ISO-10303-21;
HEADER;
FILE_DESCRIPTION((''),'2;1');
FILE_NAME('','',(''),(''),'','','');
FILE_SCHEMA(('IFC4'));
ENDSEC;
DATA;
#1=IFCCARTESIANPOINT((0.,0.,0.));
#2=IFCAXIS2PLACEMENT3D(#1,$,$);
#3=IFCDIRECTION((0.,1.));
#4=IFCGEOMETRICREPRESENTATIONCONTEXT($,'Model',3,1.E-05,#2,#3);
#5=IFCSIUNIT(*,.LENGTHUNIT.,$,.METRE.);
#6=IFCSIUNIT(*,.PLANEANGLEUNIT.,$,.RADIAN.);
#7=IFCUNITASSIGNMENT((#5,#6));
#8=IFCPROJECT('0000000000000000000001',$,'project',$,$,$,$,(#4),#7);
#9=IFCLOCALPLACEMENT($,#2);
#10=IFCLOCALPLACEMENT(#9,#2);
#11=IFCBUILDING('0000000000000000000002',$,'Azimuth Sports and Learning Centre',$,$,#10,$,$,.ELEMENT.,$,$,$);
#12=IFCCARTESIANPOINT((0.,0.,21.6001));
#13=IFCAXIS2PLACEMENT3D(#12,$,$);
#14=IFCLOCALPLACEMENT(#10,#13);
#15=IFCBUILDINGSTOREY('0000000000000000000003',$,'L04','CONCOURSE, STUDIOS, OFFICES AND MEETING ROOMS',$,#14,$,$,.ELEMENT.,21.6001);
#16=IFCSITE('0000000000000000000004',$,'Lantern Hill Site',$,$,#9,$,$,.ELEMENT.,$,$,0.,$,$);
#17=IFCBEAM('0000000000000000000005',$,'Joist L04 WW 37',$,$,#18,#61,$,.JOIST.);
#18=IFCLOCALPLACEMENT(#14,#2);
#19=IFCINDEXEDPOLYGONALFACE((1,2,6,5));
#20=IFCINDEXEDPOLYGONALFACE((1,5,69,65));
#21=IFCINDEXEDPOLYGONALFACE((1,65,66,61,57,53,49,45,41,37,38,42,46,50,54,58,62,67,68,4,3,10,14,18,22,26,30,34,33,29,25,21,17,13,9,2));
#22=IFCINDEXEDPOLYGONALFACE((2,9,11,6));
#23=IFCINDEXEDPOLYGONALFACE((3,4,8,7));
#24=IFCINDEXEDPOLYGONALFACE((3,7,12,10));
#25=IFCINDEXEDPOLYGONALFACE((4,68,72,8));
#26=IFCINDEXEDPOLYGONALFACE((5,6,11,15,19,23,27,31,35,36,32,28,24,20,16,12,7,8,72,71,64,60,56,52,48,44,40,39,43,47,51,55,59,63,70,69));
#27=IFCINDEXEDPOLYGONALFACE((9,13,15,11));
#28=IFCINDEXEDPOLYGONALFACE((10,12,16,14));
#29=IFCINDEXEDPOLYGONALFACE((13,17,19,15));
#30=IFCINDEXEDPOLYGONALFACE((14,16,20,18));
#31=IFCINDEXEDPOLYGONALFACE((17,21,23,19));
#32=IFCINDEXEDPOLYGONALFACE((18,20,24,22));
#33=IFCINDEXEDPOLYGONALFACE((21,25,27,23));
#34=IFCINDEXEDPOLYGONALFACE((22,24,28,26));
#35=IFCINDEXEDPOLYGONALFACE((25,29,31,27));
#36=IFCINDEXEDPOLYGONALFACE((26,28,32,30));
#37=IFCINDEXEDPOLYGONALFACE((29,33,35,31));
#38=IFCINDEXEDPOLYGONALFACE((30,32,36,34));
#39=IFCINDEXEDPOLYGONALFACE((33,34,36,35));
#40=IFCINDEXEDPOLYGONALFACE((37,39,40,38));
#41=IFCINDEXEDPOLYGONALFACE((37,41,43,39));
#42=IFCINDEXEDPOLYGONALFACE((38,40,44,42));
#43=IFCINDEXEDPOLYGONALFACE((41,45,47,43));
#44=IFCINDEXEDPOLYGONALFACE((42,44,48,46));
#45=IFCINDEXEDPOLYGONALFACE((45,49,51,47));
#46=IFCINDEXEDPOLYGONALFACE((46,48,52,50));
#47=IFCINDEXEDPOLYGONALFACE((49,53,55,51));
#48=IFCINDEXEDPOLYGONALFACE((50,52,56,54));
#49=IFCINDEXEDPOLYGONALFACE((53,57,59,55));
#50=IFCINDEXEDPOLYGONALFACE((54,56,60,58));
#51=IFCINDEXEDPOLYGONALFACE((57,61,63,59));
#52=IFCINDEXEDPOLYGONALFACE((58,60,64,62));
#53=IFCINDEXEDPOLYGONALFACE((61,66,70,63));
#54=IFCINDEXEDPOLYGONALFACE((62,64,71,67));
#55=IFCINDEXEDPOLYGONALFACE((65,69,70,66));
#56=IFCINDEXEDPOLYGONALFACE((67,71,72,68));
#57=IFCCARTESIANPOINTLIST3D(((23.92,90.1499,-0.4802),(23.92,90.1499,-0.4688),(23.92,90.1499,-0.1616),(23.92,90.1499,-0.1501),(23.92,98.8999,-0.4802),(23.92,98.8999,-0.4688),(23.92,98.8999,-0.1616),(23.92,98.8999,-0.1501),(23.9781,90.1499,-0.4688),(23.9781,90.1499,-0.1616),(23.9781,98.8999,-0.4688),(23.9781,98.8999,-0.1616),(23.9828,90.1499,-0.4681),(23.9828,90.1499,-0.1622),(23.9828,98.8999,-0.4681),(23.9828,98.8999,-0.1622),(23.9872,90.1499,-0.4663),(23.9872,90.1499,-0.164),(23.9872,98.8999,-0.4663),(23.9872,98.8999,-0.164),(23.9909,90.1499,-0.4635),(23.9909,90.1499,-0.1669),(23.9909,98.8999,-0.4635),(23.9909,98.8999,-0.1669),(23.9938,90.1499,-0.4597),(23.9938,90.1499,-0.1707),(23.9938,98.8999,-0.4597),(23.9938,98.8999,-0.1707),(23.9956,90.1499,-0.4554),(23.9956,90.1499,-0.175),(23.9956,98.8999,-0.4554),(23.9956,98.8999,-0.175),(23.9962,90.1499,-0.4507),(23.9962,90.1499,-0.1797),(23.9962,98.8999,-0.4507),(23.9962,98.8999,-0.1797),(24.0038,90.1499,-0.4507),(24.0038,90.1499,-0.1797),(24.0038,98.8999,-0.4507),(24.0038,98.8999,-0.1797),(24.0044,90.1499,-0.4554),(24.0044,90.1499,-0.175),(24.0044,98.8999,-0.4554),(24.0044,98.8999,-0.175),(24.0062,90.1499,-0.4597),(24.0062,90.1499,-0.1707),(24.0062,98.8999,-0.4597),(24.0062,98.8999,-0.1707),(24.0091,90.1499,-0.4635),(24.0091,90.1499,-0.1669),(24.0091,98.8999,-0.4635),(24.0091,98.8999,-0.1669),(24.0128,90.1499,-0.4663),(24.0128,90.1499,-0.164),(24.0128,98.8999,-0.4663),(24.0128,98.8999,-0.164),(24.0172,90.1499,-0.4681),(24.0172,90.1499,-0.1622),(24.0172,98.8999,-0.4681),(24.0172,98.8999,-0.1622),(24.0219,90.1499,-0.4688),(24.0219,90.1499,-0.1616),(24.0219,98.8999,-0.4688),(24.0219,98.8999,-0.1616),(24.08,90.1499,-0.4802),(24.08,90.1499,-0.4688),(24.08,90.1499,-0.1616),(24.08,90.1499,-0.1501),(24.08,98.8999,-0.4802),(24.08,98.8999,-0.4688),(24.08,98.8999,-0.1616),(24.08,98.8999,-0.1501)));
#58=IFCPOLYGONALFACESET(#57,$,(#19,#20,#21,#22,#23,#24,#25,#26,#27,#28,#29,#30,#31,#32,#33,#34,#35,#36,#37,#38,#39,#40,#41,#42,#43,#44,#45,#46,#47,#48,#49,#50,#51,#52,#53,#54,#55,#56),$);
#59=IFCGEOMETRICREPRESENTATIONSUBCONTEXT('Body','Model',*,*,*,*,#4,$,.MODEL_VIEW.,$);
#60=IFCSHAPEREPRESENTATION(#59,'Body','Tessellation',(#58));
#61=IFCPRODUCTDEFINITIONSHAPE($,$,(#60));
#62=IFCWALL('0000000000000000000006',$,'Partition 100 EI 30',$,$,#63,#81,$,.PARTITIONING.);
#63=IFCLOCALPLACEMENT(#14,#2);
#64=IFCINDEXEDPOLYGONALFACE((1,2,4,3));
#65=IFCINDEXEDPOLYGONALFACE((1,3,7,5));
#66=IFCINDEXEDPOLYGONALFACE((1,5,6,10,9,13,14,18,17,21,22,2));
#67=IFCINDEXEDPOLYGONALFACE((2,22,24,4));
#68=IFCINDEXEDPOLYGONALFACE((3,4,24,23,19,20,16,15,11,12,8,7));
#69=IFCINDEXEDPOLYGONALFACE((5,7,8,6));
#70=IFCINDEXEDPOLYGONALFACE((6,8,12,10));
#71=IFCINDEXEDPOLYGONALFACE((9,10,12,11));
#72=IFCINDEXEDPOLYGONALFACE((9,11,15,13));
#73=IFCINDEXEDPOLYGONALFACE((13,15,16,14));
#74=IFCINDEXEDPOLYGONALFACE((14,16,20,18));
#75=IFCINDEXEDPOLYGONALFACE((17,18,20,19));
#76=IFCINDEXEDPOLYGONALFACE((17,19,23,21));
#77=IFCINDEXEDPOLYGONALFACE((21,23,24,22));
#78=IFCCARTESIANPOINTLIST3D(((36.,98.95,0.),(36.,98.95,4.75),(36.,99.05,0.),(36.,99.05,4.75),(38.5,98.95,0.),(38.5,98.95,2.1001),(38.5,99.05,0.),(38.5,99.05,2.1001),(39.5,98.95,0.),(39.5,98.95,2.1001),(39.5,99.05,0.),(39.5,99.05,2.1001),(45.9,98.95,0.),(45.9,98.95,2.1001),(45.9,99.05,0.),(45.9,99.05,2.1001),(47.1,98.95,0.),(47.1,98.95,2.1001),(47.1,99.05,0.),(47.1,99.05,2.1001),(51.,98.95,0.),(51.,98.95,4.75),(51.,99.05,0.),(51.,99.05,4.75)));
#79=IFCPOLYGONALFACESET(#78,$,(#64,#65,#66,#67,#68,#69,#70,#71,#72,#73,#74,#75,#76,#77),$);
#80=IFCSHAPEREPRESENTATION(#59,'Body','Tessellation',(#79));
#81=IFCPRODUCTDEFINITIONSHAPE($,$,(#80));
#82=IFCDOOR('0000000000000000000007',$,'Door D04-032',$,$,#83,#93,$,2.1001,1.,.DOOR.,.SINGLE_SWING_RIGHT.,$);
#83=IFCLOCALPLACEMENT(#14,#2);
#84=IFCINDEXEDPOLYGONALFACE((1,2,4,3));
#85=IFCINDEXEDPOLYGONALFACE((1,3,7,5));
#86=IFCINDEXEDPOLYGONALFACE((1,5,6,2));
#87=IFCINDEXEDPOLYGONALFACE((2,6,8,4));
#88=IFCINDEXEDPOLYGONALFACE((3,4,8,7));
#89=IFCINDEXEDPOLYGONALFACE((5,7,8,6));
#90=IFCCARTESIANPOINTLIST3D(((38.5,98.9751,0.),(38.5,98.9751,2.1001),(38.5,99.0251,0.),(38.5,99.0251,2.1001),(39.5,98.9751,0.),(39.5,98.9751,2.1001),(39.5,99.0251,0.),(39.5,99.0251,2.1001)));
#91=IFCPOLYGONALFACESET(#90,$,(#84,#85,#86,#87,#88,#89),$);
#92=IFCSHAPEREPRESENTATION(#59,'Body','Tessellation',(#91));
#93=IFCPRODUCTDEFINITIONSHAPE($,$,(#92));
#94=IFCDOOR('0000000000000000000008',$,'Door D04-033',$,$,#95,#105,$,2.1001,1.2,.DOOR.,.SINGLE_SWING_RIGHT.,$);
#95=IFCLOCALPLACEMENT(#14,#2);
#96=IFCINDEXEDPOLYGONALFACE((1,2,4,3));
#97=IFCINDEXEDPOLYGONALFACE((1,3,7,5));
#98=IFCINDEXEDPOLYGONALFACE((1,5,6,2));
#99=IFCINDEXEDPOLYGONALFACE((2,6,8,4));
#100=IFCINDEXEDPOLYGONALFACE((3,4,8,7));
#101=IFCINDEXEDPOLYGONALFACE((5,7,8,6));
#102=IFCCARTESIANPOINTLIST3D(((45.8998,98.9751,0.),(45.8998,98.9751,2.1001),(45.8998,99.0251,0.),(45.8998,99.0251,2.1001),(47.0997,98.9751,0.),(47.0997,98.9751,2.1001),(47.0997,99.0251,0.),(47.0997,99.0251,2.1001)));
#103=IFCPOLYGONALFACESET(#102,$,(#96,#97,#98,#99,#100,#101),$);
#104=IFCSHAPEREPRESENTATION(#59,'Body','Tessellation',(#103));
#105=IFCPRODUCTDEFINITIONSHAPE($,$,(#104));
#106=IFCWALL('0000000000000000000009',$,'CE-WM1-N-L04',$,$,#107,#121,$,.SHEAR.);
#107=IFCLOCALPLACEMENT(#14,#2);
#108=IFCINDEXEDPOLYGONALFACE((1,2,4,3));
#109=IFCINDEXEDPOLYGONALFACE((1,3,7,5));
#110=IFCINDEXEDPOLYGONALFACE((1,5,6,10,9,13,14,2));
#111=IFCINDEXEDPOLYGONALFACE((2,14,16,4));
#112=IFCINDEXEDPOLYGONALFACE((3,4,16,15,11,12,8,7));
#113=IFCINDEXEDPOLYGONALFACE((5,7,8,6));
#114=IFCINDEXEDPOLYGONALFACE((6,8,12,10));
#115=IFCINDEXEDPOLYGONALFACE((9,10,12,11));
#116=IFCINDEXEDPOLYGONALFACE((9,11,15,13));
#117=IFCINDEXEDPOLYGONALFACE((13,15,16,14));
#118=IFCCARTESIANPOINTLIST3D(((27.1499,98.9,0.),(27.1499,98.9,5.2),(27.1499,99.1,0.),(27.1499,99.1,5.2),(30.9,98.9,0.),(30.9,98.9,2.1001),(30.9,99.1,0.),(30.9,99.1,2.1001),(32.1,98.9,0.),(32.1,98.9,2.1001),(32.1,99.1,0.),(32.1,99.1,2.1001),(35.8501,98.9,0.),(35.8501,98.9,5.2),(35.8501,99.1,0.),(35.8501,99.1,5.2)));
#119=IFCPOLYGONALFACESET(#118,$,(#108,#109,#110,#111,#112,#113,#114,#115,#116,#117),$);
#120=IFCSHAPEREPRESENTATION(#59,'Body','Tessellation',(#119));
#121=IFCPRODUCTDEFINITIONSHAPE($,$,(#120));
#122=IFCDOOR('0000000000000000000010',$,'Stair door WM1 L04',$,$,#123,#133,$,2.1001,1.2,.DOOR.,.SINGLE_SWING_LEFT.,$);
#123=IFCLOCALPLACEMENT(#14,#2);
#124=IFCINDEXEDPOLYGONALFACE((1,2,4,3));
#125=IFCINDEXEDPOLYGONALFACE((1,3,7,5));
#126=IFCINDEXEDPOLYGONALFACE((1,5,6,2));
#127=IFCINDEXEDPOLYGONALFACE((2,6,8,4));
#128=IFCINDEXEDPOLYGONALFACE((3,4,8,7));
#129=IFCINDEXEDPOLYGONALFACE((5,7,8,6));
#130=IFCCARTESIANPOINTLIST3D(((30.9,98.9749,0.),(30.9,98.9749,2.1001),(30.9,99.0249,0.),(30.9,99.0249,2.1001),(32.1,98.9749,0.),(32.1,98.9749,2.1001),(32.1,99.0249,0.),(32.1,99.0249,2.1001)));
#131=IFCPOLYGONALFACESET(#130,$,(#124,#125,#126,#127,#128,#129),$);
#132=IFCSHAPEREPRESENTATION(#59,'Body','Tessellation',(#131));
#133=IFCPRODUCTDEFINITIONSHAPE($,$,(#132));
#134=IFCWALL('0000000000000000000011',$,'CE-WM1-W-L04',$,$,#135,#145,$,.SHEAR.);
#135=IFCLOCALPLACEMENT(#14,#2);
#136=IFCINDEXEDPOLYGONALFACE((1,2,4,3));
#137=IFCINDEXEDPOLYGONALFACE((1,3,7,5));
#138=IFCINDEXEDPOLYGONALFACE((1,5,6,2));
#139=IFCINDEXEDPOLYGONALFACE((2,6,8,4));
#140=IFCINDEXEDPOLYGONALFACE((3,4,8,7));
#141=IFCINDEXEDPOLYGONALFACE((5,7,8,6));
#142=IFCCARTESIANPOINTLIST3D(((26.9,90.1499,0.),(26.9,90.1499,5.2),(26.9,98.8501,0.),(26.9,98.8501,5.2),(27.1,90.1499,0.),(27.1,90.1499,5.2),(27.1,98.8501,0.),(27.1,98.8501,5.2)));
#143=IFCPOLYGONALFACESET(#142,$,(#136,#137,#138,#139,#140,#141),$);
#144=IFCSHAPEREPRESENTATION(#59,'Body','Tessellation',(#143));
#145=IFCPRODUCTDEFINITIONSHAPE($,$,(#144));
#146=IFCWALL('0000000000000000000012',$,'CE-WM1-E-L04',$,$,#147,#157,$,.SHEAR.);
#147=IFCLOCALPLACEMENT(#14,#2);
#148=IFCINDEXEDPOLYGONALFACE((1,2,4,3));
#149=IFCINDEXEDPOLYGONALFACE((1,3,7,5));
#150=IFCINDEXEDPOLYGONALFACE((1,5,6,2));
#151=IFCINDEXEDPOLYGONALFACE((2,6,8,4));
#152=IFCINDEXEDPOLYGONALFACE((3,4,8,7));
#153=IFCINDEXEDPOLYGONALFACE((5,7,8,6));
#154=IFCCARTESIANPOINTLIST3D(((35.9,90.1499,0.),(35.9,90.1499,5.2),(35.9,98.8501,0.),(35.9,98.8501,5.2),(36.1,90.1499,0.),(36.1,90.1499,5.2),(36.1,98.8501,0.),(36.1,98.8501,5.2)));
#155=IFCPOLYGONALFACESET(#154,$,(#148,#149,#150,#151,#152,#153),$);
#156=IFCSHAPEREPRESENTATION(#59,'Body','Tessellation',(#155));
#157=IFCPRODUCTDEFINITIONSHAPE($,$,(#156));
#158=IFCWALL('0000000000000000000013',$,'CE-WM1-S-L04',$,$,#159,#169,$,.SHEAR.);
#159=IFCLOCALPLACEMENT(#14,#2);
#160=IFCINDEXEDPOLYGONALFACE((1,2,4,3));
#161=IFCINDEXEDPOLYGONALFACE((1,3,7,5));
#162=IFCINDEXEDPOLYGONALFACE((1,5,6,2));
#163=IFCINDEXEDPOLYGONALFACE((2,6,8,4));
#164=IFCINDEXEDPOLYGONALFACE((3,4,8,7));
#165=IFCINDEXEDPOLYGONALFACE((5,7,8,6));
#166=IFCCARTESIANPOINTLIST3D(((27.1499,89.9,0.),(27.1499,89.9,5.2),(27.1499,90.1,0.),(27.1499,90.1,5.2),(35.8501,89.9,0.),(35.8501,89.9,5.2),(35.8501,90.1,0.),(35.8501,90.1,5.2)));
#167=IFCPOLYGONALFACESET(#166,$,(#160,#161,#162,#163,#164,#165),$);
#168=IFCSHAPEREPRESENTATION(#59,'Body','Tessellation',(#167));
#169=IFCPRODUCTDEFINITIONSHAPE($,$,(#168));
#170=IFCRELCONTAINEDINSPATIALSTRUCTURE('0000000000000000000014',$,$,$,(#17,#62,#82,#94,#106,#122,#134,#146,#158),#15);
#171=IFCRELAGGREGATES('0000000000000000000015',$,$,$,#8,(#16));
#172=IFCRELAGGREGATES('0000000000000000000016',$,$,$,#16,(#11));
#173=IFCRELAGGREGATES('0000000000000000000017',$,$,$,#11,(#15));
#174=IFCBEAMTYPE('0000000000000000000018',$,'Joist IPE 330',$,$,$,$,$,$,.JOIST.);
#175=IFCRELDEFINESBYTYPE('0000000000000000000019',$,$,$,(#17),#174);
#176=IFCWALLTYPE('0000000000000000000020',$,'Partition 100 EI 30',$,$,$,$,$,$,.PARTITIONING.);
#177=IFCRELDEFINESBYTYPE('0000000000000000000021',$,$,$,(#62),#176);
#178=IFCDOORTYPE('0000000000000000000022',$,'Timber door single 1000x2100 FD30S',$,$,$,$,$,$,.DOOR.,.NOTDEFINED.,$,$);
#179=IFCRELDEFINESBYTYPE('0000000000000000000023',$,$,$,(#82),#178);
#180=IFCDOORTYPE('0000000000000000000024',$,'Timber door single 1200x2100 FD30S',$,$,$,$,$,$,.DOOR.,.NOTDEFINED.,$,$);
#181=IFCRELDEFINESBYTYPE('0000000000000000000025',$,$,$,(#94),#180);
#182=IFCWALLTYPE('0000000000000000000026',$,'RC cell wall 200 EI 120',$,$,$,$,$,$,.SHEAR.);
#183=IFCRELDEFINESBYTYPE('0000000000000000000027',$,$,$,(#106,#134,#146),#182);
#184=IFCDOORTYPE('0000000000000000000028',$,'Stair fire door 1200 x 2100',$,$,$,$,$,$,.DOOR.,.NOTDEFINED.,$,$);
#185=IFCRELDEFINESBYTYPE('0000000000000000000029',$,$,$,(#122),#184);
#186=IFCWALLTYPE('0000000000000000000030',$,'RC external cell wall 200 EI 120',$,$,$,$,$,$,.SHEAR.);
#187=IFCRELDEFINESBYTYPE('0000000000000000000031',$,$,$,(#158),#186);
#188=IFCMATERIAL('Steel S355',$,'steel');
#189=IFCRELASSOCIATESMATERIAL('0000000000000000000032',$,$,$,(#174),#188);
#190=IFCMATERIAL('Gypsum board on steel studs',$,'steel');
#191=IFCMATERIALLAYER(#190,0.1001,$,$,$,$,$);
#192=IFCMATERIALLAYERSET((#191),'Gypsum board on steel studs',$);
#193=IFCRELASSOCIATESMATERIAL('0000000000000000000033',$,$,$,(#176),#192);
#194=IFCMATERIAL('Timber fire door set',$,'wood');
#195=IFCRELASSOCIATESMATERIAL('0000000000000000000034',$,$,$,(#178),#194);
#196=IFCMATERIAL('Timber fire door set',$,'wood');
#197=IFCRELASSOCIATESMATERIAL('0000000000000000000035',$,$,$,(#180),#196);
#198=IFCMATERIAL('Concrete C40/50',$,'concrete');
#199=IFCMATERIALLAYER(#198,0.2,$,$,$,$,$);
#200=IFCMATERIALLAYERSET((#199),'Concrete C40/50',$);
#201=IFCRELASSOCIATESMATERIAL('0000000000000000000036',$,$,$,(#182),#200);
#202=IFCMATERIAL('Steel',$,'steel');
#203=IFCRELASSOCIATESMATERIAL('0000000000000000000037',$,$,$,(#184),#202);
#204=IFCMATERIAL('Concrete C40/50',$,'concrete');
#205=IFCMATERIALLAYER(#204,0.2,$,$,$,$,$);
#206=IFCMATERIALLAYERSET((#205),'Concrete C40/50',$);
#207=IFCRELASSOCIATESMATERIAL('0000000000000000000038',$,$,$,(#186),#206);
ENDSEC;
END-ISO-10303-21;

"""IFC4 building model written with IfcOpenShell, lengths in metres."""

from ifc_helpers import new_model, si_unit, direction, frame, frame_2d, origin, origin_2d, place, context, subcontext, project, spatial, rectangle, i_section, extrude, material, layer, layer_set, material_profile, profile_set, type_object, element, fill, save


model = new_model("IFC4")

# Units and contexts
model_context = context("Model", 3, precision=1e-05, world=origin(), true_north=direction((0.0, 1.0)))
body_context = subcontext(model_context, "Body", "Model", "MODEL_VIEW")
ifc_project = project(units=[si_unit("LENGTHUNIT", "METRE"), si_unit("PLANEANGLEUNIT", "RADIAN")], contexts=[model_context])

# Site, building, storey
site_placement = place(None, origin())
site = spatial("IfcSite", under=ifc_project, at=site_placement, Name="Lantern Hill Site", CompositionType="ELEMENT", RefElevation=0.0)
building_placement = place(site_placement, origin())
building = spatial("IfcBuilding", under=site, at=building_placement, Name="Azimuth Sports and Learning Centre", CompositionType="ELEMENT")
storey_placement = place(building_placement, frame((0.0, 0.0, 21.6001)))
storey = spatial("IfcBuildingStorey", under=building, at=storey_placement, Name="L04", Description="CONCOURSE, STUDIOS, OFFICES AND MEETING ROOMS", CompositionType="ELEMENT", Elevation=21.6001)

# Beam
ifc_material_1 = material(Name="Steel S355", Category="steel")
ifc_material_profile_1 = material_profile(ifc_material_1, i_section(OverallWidth=0.1599, OverallDepth=0.3301, WebThickness=0.0076, FlangeThickness=0.0115, FilletRadius=0.0181, at=origin_2d()), Name="IPE 330")
ifc_profile_set_1 = profile_set([ifc_material_profile_1], Name="Steel S355")
beam_type_1 = type_object("IfcBeamType", Name="Joist IPE 330", PredefinedType="JOIST", material=ifc_profile_set_1)
for number, where, z_axis, x_axis, name in (
    (1, (24.0, 90.1499, -0.3152), (0.0, 1.0, 0.0), (-1.0, 0.0, 0.0), "Joist L04 WW 37"),
):
    element("IfcBeam", number, at=place(storey_placement, frame(where, z_axis=z_axis, x_axis=x_axis)), inside=storey, type_object=beam_type_1, Name=name, PredefinedType="JOIST", context=body_context, shape_type="SweptSolid", body=[
        extrude(i_section(OverallWidth=0.1599, OverallDepth=0.3301, WebThickness=0.0076, FlangeThickness=0.0115, FilletRadius=0.0181, at=origin_2d()), origin(), (0.0, 0.0, 1.0), 8.75),
    ])

# Wall, openings, doors
ifc_material_2 = material(Name="Gypsum board on steel studs", Category="steel")
ifc_layer_1 = layer(ifc_material_2, 0.1001)
ifc_layer_set_1 = layer_set([ifc_layer_1], Name="Gypsum board on steel studs")
wall_type_1 = type_object("IfcWallType", Name="Partition 100 EI 30", PredefinedType="PARTITIONING", material=ifc_layer_set_1)
wall_1_placement = place(storey_placement, frame((36.0, 99.0, 0.0), z_axis=(0.0, 0.0, 1.0), x_axis=(1.0, 0.0, 0.0)))
wall_1 = element("IfcWall", 2, at=wall_1_placement, inside=storey, type_object=wall_type_1, Name="Partition 100 EI 30", PredefinedType="PARTITIONING", context=body_context, shape_type="SweptSolid", body=[
    extrude(rectangle(XDim=15.0, YDim=0.1001, at=frame_2d((7.5, 0.0))), origin(), (0.0, 0.0, 1.0), 4.75),
])
opening_1_placement = place(wall_1_placement, frame((2.5, 0.0, 0.0)))
opening_1 = element("IfcOpeningElement", 3, at=opening_1_placement, cuts=wall_1, PredefinedType="OPENING", context=body_context, shape_type="SweptSolid", body=[
    extrude(rectangle(XDim=1.0, YDim=2.1001, at=frame_2d((0.5, 1.05))), frame((0.0, 0.061, 0.0), z_axis=(0.0, -1.0, 0.0), x_axis=(1.0, 0.0, 0.0)), (0.0, 0.0, 1.0), 0.1221),
])
opening_2_placement = place(wall_1_placement, frame((9.8999, 0.0, 0.0)))
opening_2 = element("IfcOpeningElement", 4, at=opening_2_placement, cuts=wall_1, PredefinedType="OPENING", context=body_context, shape_type="SweptSolid", body=[
    extrude(rectangle(XDim=1.2, YDim=2.1001, at=frame_2d((0.6001, 1.05))), frame((0.0, 0.061, 0.0), z_axis=(0.0, -1.0, 0.0), x_axis=(1.0, 0.0, 0.0)), (0.0, 0.0, 1.0), 0.1221),
])
ifc_material_3 = material(Name="Timber fire door set", Category="wood")
door_type_1 = type_object("IfcDoorType", Name="Timber door single 1000x2100 FD30S", OperationType="NOTDEFINED", PredefinedType="DOOR", material=ifc_material_3)
door_1_placement = place(opening_1_placement, frame((1.0, 0.0, 0.0), z_axis=(0.0, 0.0, 1.0), x_axis=(-1.0, 0.0, 0.0)))
door_1 = element("IfcDoor", 5, at=door_1_placement, inside=storey, type_object=door_type_1, Name="Door D04-032", OperationType="SINGLE_SWING_RIGHT", OverallHeight=2.1001, OverallWidth=1.0, PredefinedType="DOOR", context=body_context, shape_type="SweptSolid", body=[
    extrude(rectangle(XDim=1.0, YDim=2.1001, at=frame_2d((0.5, 1.05))), frame((0.0, 0.0249, 0.0), z_axis=(0.0, -1.0, 0.0), x_axis=(1.0, 0.0, 0.0)), (0.0, 0.0, 1.0), 0.05),
])
fill(opening_1, door_1)
ifc_material_4 = material(Name="Timber fire door set", Category="wood")
door_type_2 = type_object("IfcDoorType", Name="Timber door single 1200x2100 FD30S", OperationType="NOTDEFINED", PredefinedType="DOOR", material=ifc_material_4)
door_2_placement = place(opening_2_placement, frame((1.2, 0.0, 0.0), z_axis=(0.0, 0.0, 1.0), x_axis=(-1.0, 0.0, 0.0)))
door_2 = element("IfcDoor", 6, at=door_2_placement, inside=storey, type_object=door_type_2, Name="Door D04-033", OperationType="SINGLE_SWING_RIGHT", OverallHeight=2.1001, OverallWidth=1.2, PredefinedType="DOOR", context=body_context, shape_type="SweptSolid", body=[
    extrude(rectangle(XDim=1.2, YDim=2.1001, at=frame_2d((0.6001, 1.05))), frame((0.0, 0.0249, 0.0), z_axis=(0.0, -1.0, 0.0), x_axis=(1.0, 0.0, 0.0)), (0.0, 0.0, 1.0), 0.05),
])
fill(opening_2, door_2)

# Wall, opening, door
ifc_material_5 = material(Name="Concrete C40/50", Category="concrete")
ifc_layer_2 = layer(ifc_material_5, 0.2)
ifc_layer_set_2 = layer_set([ifc_layer_2], Name="Concrete C40/50")
wall_type_2 = type_object("IfcWallType", Name="RC cell wall 200 EI 120", PredefinedType="SHEAR", material=ifc_layer_set_2)
wall_2_placement = place(storey_placement, frame((27.1499, 99.0, 0.0), z_axis=(0.0, 0.0, 1.0), x_axis=(1.0, 0.0, 0.0)))
wall_2 = element("IfcWall", 7, at=wall_2_placement, inside=storey, type_object=wall_type_2, Name="CE-WM1-N-L04", PredefinedType="SHEAR", context=body_context, shape_type="SweptSolid", body=[
    extrude(rectangle(XDim=8.7002, YDim=0.2, at=frame_2d((4.3501, 0.0))), origin(), (0.0, 0.0, 1.0), 5.2),
])
opening_3_placement = place(wall_2_placement, frame((3.75, 0.0, 0.0)))
opening_3 = element("IfcOpeningElement", 8, at=opening_3_placement, cuts=wall_2, PredefinedType="OPENING", context=body_context, shape_type="SweptSolid", body=[
    extrude(rectangle(XDim=1.2, YDim=2.1001, at=frame_2d((0.6001, 1.05))), frame((0.0, 0.1108, 0.0), z_axis=(0.0, -1.0, 0.0), x_axis=(1.0, 0.0, 0.0)), (0.0, 0.0, 1.0), 0.2219),
])
ifc_material_6 = material(Name="Steel", Category="steel")
door_type_3 = type_object("IfcDoorType", Name="Stair fire door 1200 x 2100", OperationType="NOTDEFINED", PredefinedType="DOOR", material=ifc_material_6)
door_3_placement = place(opening_3_placement, origin())
door_3 = element("IfcDoor", 9, at=door_3_placement, inside=storey, type_object=door_type_3, Name="Stair door WM1 L04", OperationType="SINGLE_SWING_LEFT", OverallHeight=2.1001, OverallWidth=1.2, PredefinedType="DOOR", context=body_context, shape_type="SweptSolid", body=[
    extrude(rectangle(XDim=1.2, YDim=2.1001, at=frame_2d((0.6001, 1.05))), frame((0.0, 0.0249, 0.0), z_axis=(0.0, -1.0, 0.0), x_axis=(1.0, 0.0, 0.0)), (0.0, 0.0, 1.0), 0.05),
])
fill(opening_3, door_3)

# Walls
for number, where, z_axis, x_axis, name in (
    (10, (27.0, 90.1499, 0.0), (0.0, 0.0, 1.0), (0.0, 1.0, 0.0), "CE-WM1-W-L04"),
    (11, (36.0, 90.1499, 0.0), (0.0, 0.0, 1.0), (0.0, 1.0, 0.0), "CE-WM1-E-L04"),
):
    element("IfcWall", number, at=place(storey_placement, frame(where, z_axis=z_axis, x_axis=x_axis)), inside=storey, type_object=wall_type_2, Name=name, PredefinedType="SHEAR", context=body_context, shape_type="SweptSolid", body=[
        extrude(rectangle(XDim=8.7002, YDim=0.2, at=frame_2d((4.3501, 0.0))), origin(), (0.0, 0.0, 1.0), 5.2),
    ])
ifc_material_7 = material(Name="Concrete C40/50", Category="concrete")
ifc_layer_3 = layer(ifc_material_7, 0.2)
ifc_layer_set_3 = layer_set([ifc_layer_3], Name="Concrete C40/50")
wall_type_3 = type_object("IfcWallType", Name="RC external cell wall 200 EI 120", PredefinedType="SHEAR", material=ifc_layer_set_3)
wall_3_placement = place(storey_placement, frame((27.1499, 90.0, 0.0), z_axis=(0.0, 0.0, 1.0), x_axis=(1.0, 0.0, 0.0)))
element("IfcWall", 12, at=wall_3_placement, inside=storey, type_object=wall_type_3, Name="CE-WM1-S-L04", PredefinedType="SHEAR", context=body_context, shape_type="SweptSolid", body=[
    extrude(rectangle(XDim=8.7002, YDim=0.2, at=frame_2d((4.3501, 0.0))), origin(), (0.0, 0.0, 1.0), 5.2),
])

save(model, "model.ifc")
